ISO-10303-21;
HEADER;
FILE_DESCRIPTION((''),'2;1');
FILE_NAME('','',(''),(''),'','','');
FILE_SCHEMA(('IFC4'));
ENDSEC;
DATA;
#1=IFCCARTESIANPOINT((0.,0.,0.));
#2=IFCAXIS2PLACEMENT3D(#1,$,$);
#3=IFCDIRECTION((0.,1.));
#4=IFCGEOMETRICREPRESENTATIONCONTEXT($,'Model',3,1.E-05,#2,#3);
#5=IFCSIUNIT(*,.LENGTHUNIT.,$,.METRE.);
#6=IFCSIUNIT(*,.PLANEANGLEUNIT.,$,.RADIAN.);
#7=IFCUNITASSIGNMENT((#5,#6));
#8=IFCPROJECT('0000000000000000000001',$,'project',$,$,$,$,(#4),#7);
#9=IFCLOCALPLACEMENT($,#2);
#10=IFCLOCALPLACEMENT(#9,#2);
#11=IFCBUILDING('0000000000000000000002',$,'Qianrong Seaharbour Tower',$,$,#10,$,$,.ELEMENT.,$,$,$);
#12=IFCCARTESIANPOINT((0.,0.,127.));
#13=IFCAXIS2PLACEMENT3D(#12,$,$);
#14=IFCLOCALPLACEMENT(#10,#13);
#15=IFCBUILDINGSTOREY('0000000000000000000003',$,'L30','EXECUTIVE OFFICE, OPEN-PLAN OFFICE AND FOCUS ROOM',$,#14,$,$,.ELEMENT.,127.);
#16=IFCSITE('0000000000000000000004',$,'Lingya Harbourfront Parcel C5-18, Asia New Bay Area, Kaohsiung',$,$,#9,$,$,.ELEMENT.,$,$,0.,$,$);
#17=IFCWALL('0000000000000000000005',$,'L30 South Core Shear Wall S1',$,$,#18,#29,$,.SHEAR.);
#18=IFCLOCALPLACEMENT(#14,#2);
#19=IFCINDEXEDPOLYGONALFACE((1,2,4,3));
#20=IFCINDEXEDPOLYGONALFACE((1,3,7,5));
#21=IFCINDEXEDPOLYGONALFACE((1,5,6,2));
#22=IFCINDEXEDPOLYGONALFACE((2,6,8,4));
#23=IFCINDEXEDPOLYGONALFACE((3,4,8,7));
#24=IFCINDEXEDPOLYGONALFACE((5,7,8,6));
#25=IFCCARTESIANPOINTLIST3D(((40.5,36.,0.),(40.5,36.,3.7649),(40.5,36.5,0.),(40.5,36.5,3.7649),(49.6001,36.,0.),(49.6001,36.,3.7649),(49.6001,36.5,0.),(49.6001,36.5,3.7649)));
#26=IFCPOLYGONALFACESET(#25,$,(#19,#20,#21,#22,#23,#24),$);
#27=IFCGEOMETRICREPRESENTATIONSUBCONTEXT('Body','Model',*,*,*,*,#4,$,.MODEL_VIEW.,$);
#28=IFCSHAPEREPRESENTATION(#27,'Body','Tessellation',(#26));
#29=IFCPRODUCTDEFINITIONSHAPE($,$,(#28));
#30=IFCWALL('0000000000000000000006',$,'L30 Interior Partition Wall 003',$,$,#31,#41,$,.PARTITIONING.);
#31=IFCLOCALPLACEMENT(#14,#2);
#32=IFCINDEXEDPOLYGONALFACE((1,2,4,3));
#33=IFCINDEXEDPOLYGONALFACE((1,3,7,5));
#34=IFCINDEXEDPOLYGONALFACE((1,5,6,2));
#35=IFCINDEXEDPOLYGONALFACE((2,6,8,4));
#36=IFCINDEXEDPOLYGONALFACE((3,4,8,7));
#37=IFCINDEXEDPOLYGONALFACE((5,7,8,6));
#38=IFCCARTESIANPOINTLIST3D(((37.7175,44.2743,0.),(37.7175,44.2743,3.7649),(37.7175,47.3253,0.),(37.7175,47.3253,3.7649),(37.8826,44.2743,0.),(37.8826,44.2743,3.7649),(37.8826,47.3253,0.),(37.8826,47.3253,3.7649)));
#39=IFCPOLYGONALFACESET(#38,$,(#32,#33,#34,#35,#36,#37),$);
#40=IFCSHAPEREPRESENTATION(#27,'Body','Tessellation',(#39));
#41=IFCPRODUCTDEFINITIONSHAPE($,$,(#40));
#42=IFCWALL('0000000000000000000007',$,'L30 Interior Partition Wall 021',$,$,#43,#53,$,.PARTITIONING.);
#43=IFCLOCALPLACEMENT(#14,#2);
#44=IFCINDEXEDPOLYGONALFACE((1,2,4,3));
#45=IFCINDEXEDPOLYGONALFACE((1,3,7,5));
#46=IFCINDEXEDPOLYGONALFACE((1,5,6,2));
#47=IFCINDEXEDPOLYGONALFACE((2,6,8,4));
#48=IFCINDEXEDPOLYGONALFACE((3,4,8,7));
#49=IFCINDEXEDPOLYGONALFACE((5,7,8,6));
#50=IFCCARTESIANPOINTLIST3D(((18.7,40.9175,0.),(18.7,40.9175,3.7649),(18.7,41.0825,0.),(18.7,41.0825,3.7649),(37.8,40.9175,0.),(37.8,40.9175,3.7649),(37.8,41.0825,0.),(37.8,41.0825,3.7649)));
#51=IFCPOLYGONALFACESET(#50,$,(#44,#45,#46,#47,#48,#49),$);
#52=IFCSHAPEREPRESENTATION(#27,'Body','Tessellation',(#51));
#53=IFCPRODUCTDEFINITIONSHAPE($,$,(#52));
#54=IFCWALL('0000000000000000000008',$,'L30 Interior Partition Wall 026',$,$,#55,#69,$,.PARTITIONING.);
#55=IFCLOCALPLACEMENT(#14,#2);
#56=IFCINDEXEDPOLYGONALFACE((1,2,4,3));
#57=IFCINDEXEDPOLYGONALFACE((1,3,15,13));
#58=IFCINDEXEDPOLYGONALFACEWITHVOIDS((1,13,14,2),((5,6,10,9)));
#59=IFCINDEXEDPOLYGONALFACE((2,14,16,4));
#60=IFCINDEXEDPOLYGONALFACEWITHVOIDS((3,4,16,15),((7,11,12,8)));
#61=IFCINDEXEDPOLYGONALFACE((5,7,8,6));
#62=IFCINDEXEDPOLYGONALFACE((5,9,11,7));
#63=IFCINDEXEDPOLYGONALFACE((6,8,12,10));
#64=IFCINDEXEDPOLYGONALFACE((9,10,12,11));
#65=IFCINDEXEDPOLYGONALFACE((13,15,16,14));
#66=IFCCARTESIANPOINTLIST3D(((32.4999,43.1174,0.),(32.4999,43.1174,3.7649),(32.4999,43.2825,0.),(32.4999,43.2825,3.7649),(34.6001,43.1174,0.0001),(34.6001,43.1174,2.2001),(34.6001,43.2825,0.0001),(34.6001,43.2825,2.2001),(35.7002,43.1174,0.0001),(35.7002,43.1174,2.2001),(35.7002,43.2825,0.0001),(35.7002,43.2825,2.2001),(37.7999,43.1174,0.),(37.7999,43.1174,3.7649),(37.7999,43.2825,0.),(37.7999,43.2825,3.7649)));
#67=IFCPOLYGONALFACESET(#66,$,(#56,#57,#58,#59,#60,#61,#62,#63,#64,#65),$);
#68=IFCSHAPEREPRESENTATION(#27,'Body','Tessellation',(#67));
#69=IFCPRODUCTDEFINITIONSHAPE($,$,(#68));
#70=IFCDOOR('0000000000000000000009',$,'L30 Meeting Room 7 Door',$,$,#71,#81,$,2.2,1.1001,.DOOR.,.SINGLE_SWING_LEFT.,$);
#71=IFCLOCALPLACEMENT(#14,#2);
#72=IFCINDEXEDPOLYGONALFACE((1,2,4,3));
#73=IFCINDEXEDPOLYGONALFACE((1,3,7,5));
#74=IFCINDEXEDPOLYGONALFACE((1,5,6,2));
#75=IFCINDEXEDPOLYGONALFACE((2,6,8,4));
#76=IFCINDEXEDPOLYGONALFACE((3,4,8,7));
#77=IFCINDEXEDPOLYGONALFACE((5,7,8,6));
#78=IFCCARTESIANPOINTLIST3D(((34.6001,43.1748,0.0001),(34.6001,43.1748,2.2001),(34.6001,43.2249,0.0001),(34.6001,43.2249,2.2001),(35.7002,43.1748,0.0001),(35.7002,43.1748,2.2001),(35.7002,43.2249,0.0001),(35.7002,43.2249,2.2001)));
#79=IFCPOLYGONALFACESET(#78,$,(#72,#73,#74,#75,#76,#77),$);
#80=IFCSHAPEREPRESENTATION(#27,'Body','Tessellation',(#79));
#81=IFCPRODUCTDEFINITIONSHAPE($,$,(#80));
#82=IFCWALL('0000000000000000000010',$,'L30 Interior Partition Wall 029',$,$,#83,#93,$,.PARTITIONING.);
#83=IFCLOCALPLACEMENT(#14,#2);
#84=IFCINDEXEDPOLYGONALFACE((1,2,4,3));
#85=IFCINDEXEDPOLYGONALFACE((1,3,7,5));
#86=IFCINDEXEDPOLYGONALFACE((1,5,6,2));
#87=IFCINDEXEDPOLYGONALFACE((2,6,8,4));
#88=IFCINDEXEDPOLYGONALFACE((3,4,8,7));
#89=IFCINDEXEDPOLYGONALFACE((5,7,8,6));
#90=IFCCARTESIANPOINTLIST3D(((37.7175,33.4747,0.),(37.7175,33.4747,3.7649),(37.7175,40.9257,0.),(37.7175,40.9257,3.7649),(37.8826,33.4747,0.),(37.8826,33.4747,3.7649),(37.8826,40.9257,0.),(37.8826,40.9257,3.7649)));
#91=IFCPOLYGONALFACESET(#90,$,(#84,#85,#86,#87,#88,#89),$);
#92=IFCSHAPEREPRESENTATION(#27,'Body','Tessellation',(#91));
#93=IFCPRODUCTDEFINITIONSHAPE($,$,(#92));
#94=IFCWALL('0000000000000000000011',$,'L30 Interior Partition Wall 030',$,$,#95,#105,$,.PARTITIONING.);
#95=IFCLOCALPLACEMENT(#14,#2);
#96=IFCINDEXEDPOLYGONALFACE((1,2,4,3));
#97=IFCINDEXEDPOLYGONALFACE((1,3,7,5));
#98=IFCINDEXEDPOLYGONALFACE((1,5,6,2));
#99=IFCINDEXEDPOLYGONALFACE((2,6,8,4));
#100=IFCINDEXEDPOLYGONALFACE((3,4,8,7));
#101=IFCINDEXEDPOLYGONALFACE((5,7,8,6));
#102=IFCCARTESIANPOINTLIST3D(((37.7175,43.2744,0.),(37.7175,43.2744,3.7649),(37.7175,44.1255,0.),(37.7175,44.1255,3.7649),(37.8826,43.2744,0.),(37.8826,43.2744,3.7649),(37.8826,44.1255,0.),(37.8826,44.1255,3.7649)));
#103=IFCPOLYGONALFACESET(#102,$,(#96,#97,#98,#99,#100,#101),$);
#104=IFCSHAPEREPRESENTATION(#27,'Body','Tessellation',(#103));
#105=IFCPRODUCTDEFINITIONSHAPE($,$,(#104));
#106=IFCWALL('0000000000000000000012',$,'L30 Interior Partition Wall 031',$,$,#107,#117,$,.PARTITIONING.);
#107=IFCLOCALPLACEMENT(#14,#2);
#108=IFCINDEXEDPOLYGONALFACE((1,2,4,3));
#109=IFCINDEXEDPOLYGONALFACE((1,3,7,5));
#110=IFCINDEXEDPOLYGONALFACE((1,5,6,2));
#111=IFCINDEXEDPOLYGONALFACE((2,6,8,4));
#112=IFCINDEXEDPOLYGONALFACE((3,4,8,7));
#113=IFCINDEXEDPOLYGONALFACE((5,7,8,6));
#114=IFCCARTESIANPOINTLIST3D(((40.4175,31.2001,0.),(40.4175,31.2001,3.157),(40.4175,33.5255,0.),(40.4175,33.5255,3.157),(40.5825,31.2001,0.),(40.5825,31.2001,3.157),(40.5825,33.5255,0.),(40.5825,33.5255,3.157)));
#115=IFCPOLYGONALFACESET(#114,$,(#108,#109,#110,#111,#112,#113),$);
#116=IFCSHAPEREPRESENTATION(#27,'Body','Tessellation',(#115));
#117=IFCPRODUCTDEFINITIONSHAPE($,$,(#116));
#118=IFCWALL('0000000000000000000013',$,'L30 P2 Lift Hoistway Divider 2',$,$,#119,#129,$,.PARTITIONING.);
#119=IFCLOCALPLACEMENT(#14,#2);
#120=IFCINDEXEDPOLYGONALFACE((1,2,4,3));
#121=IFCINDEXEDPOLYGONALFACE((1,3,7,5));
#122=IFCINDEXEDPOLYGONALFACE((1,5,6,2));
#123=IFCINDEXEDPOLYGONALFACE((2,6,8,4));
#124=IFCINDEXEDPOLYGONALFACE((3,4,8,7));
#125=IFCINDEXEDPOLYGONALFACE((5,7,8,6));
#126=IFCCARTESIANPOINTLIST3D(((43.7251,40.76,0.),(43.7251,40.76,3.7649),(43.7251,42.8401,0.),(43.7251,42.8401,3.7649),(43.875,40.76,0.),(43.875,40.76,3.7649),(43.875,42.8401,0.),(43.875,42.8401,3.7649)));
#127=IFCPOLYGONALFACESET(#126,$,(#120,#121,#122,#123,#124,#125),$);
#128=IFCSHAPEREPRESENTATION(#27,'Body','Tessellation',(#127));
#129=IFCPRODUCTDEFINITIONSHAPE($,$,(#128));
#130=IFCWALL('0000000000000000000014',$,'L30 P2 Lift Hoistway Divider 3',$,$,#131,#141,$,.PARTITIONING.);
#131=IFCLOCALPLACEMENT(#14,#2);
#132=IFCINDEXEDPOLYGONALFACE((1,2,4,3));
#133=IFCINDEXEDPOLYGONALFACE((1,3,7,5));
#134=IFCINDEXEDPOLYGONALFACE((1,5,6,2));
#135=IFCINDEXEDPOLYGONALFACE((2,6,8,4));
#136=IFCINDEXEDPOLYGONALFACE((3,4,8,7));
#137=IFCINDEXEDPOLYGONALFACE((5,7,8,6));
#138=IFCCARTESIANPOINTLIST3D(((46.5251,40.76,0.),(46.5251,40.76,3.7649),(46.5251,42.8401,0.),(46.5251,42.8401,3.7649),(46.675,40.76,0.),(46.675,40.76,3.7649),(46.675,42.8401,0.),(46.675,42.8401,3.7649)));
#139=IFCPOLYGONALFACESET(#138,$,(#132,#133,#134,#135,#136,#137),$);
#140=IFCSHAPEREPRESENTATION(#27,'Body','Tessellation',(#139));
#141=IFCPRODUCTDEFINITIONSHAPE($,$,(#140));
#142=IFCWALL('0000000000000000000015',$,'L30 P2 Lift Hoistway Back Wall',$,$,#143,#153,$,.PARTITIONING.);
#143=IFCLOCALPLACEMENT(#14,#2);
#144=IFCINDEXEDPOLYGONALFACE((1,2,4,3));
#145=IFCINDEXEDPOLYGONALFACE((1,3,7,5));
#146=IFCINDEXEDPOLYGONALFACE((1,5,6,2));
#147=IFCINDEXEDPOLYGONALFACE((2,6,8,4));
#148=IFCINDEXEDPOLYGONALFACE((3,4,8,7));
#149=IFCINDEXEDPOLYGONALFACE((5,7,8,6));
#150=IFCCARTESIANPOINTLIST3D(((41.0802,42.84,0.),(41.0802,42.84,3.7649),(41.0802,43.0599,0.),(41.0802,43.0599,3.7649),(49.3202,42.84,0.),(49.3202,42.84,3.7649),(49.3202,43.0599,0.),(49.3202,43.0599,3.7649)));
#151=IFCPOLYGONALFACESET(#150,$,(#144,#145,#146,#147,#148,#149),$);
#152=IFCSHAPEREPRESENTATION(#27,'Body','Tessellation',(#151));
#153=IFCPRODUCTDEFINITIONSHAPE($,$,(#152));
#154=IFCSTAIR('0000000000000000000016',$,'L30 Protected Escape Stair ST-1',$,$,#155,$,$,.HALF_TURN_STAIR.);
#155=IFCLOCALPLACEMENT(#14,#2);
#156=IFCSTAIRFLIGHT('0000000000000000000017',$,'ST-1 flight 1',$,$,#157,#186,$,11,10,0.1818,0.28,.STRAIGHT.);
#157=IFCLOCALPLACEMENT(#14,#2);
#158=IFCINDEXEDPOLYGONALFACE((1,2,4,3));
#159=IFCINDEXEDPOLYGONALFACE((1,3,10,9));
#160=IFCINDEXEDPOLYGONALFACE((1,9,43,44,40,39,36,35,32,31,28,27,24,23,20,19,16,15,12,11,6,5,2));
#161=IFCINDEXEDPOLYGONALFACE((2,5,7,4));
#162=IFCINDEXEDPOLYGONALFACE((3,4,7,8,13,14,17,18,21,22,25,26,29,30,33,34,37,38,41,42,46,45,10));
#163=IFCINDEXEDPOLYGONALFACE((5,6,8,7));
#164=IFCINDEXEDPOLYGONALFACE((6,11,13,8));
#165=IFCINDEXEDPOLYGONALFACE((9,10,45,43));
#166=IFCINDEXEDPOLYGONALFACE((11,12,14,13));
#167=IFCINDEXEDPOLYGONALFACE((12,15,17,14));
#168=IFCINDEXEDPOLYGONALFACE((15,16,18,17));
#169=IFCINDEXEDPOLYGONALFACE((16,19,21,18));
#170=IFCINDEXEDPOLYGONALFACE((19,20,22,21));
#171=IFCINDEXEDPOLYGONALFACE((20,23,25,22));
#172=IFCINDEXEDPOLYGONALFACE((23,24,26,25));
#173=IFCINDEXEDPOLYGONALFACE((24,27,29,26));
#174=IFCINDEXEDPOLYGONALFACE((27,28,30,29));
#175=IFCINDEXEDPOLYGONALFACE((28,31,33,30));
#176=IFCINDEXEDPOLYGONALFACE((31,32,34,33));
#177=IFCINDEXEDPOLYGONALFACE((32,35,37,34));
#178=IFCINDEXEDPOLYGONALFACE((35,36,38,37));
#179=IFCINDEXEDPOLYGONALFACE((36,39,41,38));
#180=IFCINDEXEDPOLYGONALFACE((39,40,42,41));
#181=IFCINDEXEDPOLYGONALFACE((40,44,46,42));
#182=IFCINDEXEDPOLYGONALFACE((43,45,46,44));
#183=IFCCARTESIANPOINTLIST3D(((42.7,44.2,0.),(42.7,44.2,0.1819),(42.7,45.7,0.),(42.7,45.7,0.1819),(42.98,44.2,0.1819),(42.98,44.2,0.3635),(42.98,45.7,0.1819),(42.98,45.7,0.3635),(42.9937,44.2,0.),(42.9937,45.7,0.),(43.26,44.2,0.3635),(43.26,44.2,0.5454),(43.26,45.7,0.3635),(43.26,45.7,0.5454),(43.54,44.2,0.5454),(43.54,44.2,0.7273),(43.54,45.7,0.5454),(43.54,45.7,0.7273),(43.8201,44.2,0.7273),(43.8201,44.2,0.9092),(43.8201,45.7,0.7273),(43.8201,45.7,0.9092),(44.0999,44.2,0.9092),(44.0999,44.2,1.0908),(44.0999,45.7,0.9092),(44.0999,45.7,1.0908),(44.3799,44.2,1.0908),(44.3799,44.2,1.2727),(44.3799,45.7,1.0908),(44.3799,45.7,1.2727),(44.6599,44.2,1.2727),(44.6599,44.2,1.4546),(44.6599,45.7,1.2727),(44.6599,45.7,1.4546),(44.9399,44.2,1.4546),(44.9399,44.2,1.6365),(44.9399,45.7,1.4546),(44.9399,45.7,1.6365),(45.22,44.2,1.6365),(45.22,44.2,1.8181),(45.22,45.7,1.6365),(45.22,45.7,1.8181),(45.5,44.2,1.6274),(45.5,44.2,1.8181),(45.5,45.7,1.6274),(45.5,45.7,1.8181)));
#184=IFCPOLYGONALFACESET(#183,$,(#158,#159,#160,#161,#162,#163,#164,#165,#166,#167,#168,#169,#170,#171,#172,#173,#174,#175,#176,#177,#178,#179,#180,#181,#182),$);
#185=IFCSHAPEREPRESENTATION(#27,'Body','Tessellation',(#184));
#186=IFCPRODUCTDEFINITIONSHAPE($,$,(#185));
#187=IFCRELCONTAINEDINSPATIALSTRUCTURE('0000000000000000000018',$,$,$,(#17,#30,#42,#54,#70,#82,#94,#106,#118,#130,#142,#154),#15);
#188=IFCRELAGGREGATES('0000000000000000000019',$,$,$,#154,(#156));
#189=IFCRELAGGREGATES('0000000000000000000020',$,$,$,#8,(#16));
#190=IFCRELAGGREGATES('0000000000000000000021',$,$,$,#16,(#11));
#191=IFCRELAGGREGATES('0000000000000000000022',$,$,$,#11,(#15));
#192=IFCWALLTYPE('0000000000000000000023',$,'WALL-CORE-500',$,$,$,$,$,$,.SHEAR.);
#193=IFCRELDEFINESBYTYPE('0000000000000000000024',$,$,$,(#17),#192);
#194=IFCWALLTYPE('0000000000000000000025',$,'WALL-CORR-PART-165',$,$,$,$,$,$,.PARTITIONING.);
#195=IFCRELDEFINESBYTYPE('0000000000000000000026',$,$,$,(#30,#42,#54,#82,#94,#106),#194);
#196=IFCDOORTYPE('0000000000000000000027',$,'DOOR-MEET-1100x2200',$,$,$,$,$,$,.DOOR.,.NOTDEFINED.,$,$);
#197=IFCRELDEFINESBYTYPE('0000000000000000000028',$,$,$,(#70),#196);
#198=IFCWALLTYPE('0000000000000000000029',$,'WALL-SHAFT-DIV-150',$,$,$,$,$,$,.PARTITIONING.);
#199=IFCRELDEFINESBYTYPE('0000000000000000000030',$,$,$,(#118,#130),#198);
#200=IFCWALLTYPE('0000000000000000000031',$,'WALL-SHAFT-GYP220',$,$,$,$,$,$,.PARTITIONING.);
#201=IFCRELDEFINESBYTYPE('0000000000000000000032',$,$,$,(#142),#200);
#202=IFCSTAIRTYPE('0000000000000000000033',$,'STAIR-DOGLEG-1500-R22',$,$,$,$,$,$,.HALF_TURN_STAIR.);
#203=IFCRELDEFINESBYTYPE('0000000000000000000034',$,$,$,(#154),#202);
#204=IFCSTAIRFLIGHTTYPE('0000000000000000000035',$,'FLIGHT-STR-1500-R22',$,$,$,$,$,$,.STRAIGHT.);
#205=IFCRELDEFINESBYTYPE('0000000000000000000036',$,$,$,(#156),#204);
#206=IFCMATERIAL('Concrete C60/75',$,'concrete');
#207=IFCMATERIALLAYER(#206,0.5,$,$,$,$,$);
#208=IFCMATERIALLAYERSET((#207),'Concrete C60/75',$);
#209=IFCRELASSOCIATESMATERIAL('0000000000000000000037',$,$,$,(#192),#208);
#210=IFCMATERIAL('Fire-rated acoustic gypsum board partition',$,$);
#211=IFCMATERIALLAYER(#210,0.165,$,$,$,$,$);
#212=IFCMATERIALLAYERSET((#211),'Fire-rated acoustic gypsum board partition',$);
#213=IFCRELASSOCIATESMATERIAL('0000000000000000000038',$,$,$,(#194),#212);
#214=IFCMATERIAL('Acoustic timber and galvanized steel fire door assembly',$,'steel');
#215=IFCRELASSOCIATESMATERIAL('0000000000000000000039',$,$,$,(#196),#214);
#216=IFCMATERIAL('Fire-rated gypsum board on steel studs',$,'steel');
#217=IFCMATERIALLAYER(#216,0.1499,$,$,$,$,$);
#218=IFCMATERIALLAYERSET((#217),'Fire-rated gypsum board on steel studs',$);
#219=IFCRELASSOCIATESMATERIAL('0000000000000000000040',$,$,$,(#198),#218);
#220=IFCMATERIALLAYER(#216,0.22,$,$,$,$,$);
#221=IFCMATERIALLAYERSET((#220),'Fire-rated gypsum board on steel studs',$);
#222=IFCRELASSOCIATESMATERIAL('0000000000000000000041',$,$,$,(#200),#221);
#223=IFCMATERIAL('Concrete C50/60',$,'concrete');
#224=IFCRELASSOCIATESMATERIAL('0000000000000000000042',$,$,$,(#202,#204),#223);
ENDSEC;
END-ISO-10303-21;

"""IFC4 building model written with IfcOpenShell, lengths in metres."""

from ifc_helpers import new_model, si_unit, direction, frame, frame_2d, origin, place, context, subcontext, project, spatial, polyline, rectangle, outline, extrude, material, layer, layer_set, type_object, element, fill, aggregate, save


model = new_model("IFC4")

# Units and contexts
model_context = context("Model", 3, precision=1e-05, world=origin(), true_north=direction((0.0, 1.0)))
body_context = subcontext(model_context, "Body", "Model", "MODEL_VIEW")
ifc_project = project(units=[si_unit("LENGTHUNIT", "METRE"), si_unit("PLANEANGLEUNIT", "RADIAN")], contexts=[model_context])

# Site, building, storey
site_placement = place(None, origin())
site = spatial("IfcSite", under=ifc_project, at=site_placement, Name="Lingya Harbourfront Parcel C5-18, Asia New Bay Area, Kaohsiung", CompositionType="ELEMENT", RefElevation=0.0)
building_placement = place(site_placement, origin())
building = spatial("IfcBuilding", under=site, at=building_placement, Name="Qianrong Seaharbour Tower", CompositionType="ELEMENT")
storey_placement = place(building_placement, frame((0.0, 0.0, 127.0)))
storey = spatial("IfcBuildingStorey", under=building, at=storey_placement, Name="L30", Description="EXECUTIVE OFFICE, OPEN-PLAN OFFICE AND FOCUS ROOM", CompositionType="ELEMENT", Elevation=127.0)

# Wall
ifc_material_1 = material(Name="Concrete C60/75", Category="concrete")
ifc_layer_1 = layer(ifc_material_1, 0.5)
ifc_layer_set_1 = layer_set([ifc_layer_1], Name="Concrete C60/75")
wall_type_1 = type_object("IfcWallType", Name="WALL-CORE-500", PredefinedType="SHEAR", material=ifc_layer_set_1)
wall_1_placement = place(storey_placement, frame((40.5, 36.25, 0.0), z_axis=(0.0, 0.0, 1.0), x_axis=(1.0, 0.0, 0.0)))
element("IfcWall", 1, at=wall_1_placement, inside=storey, type_object=wall_type_1, Name="L30 South Core Shear Wall S1", PredefinedType="SHEAR", context=body_context, shape_type="SweptSolid", body=[
    extrude(rectangle(XDim=9.1001, YDim=0.5, at=frame_2d((4.55, 0.0))), origin(), (0.0, 0.0, 1.0), 3.7649),
])

# Shared definitions
ifc_material_2 = material(Name="Fire-rated acoustic gypsum board partition")
ifc_layer_2 = layer(ifc_material_2, 0.165)
ifc_layer_set_2 = layer_set([ifc_layer_2], Name="Fire-rated acoustic gypsum board partition")
wall_type_2 = type_object("IfcWallType", Name="WALL-CORR-PART-165", PredefinedType="PARTITIONING", material=ifc_layer_set_2)
ifc_material_3 = material(Name="Acoustic timber and galvanized steel fire door assembly", Category="steel")

# Walls
wall_2_placement = place(storey_placement, frame((37.8, 44.2744, 0.0), z_axis=(0.0, 0.0, 1.0), x_axis=(0.0, 1.0, 0.0)))
element("IfcWall", 2, at=wall_2_placement, inside=storey, type_object=wall_type_2, Name="L30 Interior Partition Wall 003", PredefinedType="PARTITIONING", context=body_context, shape_type="SweptSolid", body=[
    extrude(rectangle(XDim=3.051, YDim=0.165, at=frame_2d((1.5254, 0.0))), origin(), (0.0, 0.0, 1.0), 3.7649),
])
wall_3_placement = place(storey_placement, frame((37.8, 41.0, 0.0), z_axis=(0.0, 0.0, 1.0), x_axis=(-1.0, 0.0, 0.0)))
element("IfcWall", 3, at=wall_3_placement, inside=storey, type_object=wall_type_2, Name="L30 Interior Partition Wall 021", PredefinedType="PARTITIONING", context=body_context, shape_type="SweptSolid", body=[
    extrude(rectangle(XDim=19.1001, YDim=0.165, at=frame_2d((9.55, 0.0))), origin(), (0.0, 0.0, 1.0), 3.7649),
])

# Wall, opening, door
wall_4_placement = place(storey_placement, frame((32.5, 43.2, 0.0), z_axis=(0.0, 0.0, 1.0), x_axis=(1.0, 0.0, 0.0)))
wall_4 = element("IfcWall", 4, at=wall_4_placement, inside=storey, type_object=wall_type_2, Name="L30 Interior Partition Wall 026", PredefinedType="PARTITIONING", context=body_context, shape_type="SweptSolid", body=[
    extrude(rectangle(XDim=5.3, YDim=0.165, at=frame_2d((2.6499, 0.0))), origin(), (0.0, 0.0, 1.0), 3.7649),
])
opening_1_placement = place(wall_4_placement, frame((2.1001, 0.0, 0.0)))
opening_1 = element("IfcOpeningElement", 5, at=opening_1_placement, cuts=wall_4, PredefinedType="OPENING", context=body_context, shape_type="SweptSolid", body=[
    extrude(rectangle(XDim=1.1001, YDim=2.2, at=frame_2d((0.55, 1.1001))), frame((0.0, 0.0925, 0.0), z_axis=(0.0, -1.0, 0.0), x_axis=(1.0, 0.0, 0.0)), (0.0, 0.0, 1.0), 0.1851),
])
door_type_1 = type_object("IfcDoorType", Name="DOOR-MEET-1100x2200", OperationType="NOTDEFINED", PredefinedType="DOOR", material=ifc_material_3)
door_1_placement = place(opening_1_placement, origin())
door_1 = element("IfcDoor", 6, at=door_1_placement, inside=storey, type_object=door_type_1, Name="L30 Meeting Room 7 Door", OperationType="SINGLE_SWING_LEFT", OverallHeight=2.2, OverallWidth=1.1001, PredefinedType="DOOR", context=body_context, shape_type="SweptSolid", body=[
    extrude(rectangle(XDim=1.1001, YDim=2.2, at=frame_2d((0.55, 1.1001))), frame((0.0, 0.0249, 0.0), z_axis=(0.0, -1.0, 0.0), x_axis=(1.0, 0.0, 0.0)), (0.0, 0.0, 1.0), 0.05),
])
fill(opening_1, door_1)

# Walls
wall_5_placement = place(storey_placement, frame((37.8, 33.4746, 0.0), z_axis=(0.0, 0.0, 1.0), x_axis=(0.0, 1.0, 0.0)))
element("IfcWall", 7, at=wall_5_placement, inside=storey, type_object=wall_type_2, Name="L30 Interior Partition Wall 029", PredefinedType="PARTITIONING", context=body_context, shape_type="SweptSolid", body=[
    extrude(rectangle(XDim=7.4509, YDim=0.165, at=frame_2d((3.7256, 0.0))), origin(), (0.0, 0.0, 1.0), 3.7649),
])
wall_6_placement = place(storey_placement, frame((37.8, 43.2744, 0.0), z_axis=(0.0, 0.0, 1.0), x_axis=(0.0, 1.0, 0.0)))
element("IfcWall", 8, at=wall_6_placement, inside=storey, type_object=wall_type_2, Name="L30 Interior Partition Wall 030", PredefinedType="PARTITIONING", context=body_context, shape_type="SweptSolid", body=[
    extrude(rectangle(XDim=0.8511, YDim=0.165, at=frame_2d((0.4255, 0.0))), origin(), (0.0, 0.0, 1.0), 3.7649),
])
wall_7_placement = place(storey_placement, frame((40.5, 33.5254, 0.0), z_axis=(0.0, 0.0, 1.0), x_axis=(0.0, -1.0, 0.0)))
element("IfcWall", 9, at=wall_7_placement, inside=storey, type_object=wall_type_2, Name="L30 Interior Partition Wall 031", PredefinedType="PARTITIONING", context=body_context, shape_type="SweptSolid", body=[
    extrude(rectangle(XDim=2.3254, YDim=0.165, at=frame_2d((1.1626, 0.0))), origin(), (0.0, 0.0, 1.0), 3.157),
])
ifc_material_4 = material(Name="Fire-rated gypsum board on steel studs", Category="steel")
ifc_layer_3 = layer(ifc_material_4, 0.1499)
ifc_layer_set_3 = layer_set([ifc_layer_3], Name="Fire-rated gypsum board on steel studs")
wall_type_3 = type_object("IfcWallType", Name="WALL-SHAFT-DIV-150", PredefinedType="PARTITIONING", material=ifc_layer_set_3)
for number, where, z_axis, x_axis, name in (
    (10, (43.8, 40.76, 0.0), (0.0, 0.0, 1.0), (0.0, 1.0, 0.0), "L30 P2 Lift Hoistway Divider 2"),
    (11, (46.6001, 40.76, 0.0), (0.0, 0.0, 1.0), (0.0, 1.0, 0.0), "L30 P2 Lift Hoistway Divider 3"),
):
    element("IfcWall", number, at=place(storey_placement, frame(where, z_axis=z_axis, x_axis=x_axis)), inside=storey, type_object=wall_type_3, Name=name, PredefinedType="PARTITIONING", context=body_context, shape_type="SweptSolid", body=[
        extrude(rectangle(XDim=2.0801, YDim=0.1499, at=frame_2d((1.04, 0.0))), origin(), (0.0, 0.0, 1.0), 3.7649),
    ])
ifc_layer_4 = layer(ifc_material_4, 0.22)
ifc_layer_set_4 = layer_set([ifc_layer_4], Name="Fire-rated gypsum board on steel studs")
wall_type_4 = type_object("IfcWallType", Name="WALL-SHAFT-GYP220", PredefinedType="PARTITIONING", material=ifc_layer_set_4)
wall_8_placement = place(storey_placement, frame((41.0801, 42.95, 0.0), z_axis=(0.0, 0.0, 1.0), x_axis=(1.0, 0.0, 0.0)))
element("IfcWall", 12, at=wall_8_placement, inside=storey, type_object=wall_type_4, Name="L30 P2 Lift Hoistway Back Wall", PredefinedType="PARTITIONING", context=body_context, shape_type="SweptSolid", body=[
    extrude(rectangle(XDim=8.24, YDim=0.22, at=frame_2d((4.1201, 0.0))), origin(), (0.0, 0.0, 1.0), 3.7649),
])

# Stair, stair flight
ifc_material_5 = material(Name="Concrete C50/60", Category="concrete")
stair_type = type_object("IfcStairType", Name="STAIR-DOGLEG-1500-R22", PredefinedType="HALF_TURN_STAIR", material=ifc_material_5)
stair_placement = place(storey_placement, origin())
stair = element("IfcStair", 13, at=stair_placement, inside=storey, type_object=stair_type, Name="L30 Protected Escape Stair ST-1", PredefinedType="HALF_TURN_STAIR")
stair_flight_type = type_object("IfcStairFlightType", Name="FLIGHT-STR-1500-R22", PredefinedType="STRAIGHT", material=ifc_material_5)
stair_flight_placement = place(storey_placement, frame((42.7, 44.95, 0.0), z_axis=(0.0, 0.0, 1.0), x_axis=(1.0, 0.0, 0.0)))
stair_flight = element("IfcStairFlight", 14, at=stair_flight_placement, type_object=stair_flight_type, Name="ST-1 flight 1", NumberOfRisers=11, NumberOfTreads=10, PredefinedType="STRAIGHT", RiserHeight=0.1818, TreadLength=0.28, context=body_context, shape_type="SweptSolid", body=[
    extrude(outline(polyline([(0.0, 0.0), (0.0, 0.1819), (0.28, 0.1819), (0.28, 0.3635), (0.5601, 0.3635), (0.5601, 0.5454), (0.8401, 0.5454), (0.8401, 0.7273), (1.1201, 0.7273), (1.1201, 0.9092), (1.3999, 0.9092), (1.3999, 1.0908), (1.6799, 1.0908), (1.6799, 1.2727), (1.96, 1.2727), (1.96, 1.4546), (2.24, 1.4546), (2.24, 1.6365), (2.52, 1.6365), (2.52, 1.8181), (2.8, 1.8181), (2.8, 2.0), (2.8, 1.6274), (0.2937, 0.0), (0.0, 0.0)])), frame((0.0, 0.75, 0.0), z_axis=(0.0, -1.0, 0.0), x_axis=(1.0, 0.0, 0.0)), (0.0, 0.0, 1.0), 1.5),
])
aggregate(stair, [stair_flight])

save(model, "model.ifc")
